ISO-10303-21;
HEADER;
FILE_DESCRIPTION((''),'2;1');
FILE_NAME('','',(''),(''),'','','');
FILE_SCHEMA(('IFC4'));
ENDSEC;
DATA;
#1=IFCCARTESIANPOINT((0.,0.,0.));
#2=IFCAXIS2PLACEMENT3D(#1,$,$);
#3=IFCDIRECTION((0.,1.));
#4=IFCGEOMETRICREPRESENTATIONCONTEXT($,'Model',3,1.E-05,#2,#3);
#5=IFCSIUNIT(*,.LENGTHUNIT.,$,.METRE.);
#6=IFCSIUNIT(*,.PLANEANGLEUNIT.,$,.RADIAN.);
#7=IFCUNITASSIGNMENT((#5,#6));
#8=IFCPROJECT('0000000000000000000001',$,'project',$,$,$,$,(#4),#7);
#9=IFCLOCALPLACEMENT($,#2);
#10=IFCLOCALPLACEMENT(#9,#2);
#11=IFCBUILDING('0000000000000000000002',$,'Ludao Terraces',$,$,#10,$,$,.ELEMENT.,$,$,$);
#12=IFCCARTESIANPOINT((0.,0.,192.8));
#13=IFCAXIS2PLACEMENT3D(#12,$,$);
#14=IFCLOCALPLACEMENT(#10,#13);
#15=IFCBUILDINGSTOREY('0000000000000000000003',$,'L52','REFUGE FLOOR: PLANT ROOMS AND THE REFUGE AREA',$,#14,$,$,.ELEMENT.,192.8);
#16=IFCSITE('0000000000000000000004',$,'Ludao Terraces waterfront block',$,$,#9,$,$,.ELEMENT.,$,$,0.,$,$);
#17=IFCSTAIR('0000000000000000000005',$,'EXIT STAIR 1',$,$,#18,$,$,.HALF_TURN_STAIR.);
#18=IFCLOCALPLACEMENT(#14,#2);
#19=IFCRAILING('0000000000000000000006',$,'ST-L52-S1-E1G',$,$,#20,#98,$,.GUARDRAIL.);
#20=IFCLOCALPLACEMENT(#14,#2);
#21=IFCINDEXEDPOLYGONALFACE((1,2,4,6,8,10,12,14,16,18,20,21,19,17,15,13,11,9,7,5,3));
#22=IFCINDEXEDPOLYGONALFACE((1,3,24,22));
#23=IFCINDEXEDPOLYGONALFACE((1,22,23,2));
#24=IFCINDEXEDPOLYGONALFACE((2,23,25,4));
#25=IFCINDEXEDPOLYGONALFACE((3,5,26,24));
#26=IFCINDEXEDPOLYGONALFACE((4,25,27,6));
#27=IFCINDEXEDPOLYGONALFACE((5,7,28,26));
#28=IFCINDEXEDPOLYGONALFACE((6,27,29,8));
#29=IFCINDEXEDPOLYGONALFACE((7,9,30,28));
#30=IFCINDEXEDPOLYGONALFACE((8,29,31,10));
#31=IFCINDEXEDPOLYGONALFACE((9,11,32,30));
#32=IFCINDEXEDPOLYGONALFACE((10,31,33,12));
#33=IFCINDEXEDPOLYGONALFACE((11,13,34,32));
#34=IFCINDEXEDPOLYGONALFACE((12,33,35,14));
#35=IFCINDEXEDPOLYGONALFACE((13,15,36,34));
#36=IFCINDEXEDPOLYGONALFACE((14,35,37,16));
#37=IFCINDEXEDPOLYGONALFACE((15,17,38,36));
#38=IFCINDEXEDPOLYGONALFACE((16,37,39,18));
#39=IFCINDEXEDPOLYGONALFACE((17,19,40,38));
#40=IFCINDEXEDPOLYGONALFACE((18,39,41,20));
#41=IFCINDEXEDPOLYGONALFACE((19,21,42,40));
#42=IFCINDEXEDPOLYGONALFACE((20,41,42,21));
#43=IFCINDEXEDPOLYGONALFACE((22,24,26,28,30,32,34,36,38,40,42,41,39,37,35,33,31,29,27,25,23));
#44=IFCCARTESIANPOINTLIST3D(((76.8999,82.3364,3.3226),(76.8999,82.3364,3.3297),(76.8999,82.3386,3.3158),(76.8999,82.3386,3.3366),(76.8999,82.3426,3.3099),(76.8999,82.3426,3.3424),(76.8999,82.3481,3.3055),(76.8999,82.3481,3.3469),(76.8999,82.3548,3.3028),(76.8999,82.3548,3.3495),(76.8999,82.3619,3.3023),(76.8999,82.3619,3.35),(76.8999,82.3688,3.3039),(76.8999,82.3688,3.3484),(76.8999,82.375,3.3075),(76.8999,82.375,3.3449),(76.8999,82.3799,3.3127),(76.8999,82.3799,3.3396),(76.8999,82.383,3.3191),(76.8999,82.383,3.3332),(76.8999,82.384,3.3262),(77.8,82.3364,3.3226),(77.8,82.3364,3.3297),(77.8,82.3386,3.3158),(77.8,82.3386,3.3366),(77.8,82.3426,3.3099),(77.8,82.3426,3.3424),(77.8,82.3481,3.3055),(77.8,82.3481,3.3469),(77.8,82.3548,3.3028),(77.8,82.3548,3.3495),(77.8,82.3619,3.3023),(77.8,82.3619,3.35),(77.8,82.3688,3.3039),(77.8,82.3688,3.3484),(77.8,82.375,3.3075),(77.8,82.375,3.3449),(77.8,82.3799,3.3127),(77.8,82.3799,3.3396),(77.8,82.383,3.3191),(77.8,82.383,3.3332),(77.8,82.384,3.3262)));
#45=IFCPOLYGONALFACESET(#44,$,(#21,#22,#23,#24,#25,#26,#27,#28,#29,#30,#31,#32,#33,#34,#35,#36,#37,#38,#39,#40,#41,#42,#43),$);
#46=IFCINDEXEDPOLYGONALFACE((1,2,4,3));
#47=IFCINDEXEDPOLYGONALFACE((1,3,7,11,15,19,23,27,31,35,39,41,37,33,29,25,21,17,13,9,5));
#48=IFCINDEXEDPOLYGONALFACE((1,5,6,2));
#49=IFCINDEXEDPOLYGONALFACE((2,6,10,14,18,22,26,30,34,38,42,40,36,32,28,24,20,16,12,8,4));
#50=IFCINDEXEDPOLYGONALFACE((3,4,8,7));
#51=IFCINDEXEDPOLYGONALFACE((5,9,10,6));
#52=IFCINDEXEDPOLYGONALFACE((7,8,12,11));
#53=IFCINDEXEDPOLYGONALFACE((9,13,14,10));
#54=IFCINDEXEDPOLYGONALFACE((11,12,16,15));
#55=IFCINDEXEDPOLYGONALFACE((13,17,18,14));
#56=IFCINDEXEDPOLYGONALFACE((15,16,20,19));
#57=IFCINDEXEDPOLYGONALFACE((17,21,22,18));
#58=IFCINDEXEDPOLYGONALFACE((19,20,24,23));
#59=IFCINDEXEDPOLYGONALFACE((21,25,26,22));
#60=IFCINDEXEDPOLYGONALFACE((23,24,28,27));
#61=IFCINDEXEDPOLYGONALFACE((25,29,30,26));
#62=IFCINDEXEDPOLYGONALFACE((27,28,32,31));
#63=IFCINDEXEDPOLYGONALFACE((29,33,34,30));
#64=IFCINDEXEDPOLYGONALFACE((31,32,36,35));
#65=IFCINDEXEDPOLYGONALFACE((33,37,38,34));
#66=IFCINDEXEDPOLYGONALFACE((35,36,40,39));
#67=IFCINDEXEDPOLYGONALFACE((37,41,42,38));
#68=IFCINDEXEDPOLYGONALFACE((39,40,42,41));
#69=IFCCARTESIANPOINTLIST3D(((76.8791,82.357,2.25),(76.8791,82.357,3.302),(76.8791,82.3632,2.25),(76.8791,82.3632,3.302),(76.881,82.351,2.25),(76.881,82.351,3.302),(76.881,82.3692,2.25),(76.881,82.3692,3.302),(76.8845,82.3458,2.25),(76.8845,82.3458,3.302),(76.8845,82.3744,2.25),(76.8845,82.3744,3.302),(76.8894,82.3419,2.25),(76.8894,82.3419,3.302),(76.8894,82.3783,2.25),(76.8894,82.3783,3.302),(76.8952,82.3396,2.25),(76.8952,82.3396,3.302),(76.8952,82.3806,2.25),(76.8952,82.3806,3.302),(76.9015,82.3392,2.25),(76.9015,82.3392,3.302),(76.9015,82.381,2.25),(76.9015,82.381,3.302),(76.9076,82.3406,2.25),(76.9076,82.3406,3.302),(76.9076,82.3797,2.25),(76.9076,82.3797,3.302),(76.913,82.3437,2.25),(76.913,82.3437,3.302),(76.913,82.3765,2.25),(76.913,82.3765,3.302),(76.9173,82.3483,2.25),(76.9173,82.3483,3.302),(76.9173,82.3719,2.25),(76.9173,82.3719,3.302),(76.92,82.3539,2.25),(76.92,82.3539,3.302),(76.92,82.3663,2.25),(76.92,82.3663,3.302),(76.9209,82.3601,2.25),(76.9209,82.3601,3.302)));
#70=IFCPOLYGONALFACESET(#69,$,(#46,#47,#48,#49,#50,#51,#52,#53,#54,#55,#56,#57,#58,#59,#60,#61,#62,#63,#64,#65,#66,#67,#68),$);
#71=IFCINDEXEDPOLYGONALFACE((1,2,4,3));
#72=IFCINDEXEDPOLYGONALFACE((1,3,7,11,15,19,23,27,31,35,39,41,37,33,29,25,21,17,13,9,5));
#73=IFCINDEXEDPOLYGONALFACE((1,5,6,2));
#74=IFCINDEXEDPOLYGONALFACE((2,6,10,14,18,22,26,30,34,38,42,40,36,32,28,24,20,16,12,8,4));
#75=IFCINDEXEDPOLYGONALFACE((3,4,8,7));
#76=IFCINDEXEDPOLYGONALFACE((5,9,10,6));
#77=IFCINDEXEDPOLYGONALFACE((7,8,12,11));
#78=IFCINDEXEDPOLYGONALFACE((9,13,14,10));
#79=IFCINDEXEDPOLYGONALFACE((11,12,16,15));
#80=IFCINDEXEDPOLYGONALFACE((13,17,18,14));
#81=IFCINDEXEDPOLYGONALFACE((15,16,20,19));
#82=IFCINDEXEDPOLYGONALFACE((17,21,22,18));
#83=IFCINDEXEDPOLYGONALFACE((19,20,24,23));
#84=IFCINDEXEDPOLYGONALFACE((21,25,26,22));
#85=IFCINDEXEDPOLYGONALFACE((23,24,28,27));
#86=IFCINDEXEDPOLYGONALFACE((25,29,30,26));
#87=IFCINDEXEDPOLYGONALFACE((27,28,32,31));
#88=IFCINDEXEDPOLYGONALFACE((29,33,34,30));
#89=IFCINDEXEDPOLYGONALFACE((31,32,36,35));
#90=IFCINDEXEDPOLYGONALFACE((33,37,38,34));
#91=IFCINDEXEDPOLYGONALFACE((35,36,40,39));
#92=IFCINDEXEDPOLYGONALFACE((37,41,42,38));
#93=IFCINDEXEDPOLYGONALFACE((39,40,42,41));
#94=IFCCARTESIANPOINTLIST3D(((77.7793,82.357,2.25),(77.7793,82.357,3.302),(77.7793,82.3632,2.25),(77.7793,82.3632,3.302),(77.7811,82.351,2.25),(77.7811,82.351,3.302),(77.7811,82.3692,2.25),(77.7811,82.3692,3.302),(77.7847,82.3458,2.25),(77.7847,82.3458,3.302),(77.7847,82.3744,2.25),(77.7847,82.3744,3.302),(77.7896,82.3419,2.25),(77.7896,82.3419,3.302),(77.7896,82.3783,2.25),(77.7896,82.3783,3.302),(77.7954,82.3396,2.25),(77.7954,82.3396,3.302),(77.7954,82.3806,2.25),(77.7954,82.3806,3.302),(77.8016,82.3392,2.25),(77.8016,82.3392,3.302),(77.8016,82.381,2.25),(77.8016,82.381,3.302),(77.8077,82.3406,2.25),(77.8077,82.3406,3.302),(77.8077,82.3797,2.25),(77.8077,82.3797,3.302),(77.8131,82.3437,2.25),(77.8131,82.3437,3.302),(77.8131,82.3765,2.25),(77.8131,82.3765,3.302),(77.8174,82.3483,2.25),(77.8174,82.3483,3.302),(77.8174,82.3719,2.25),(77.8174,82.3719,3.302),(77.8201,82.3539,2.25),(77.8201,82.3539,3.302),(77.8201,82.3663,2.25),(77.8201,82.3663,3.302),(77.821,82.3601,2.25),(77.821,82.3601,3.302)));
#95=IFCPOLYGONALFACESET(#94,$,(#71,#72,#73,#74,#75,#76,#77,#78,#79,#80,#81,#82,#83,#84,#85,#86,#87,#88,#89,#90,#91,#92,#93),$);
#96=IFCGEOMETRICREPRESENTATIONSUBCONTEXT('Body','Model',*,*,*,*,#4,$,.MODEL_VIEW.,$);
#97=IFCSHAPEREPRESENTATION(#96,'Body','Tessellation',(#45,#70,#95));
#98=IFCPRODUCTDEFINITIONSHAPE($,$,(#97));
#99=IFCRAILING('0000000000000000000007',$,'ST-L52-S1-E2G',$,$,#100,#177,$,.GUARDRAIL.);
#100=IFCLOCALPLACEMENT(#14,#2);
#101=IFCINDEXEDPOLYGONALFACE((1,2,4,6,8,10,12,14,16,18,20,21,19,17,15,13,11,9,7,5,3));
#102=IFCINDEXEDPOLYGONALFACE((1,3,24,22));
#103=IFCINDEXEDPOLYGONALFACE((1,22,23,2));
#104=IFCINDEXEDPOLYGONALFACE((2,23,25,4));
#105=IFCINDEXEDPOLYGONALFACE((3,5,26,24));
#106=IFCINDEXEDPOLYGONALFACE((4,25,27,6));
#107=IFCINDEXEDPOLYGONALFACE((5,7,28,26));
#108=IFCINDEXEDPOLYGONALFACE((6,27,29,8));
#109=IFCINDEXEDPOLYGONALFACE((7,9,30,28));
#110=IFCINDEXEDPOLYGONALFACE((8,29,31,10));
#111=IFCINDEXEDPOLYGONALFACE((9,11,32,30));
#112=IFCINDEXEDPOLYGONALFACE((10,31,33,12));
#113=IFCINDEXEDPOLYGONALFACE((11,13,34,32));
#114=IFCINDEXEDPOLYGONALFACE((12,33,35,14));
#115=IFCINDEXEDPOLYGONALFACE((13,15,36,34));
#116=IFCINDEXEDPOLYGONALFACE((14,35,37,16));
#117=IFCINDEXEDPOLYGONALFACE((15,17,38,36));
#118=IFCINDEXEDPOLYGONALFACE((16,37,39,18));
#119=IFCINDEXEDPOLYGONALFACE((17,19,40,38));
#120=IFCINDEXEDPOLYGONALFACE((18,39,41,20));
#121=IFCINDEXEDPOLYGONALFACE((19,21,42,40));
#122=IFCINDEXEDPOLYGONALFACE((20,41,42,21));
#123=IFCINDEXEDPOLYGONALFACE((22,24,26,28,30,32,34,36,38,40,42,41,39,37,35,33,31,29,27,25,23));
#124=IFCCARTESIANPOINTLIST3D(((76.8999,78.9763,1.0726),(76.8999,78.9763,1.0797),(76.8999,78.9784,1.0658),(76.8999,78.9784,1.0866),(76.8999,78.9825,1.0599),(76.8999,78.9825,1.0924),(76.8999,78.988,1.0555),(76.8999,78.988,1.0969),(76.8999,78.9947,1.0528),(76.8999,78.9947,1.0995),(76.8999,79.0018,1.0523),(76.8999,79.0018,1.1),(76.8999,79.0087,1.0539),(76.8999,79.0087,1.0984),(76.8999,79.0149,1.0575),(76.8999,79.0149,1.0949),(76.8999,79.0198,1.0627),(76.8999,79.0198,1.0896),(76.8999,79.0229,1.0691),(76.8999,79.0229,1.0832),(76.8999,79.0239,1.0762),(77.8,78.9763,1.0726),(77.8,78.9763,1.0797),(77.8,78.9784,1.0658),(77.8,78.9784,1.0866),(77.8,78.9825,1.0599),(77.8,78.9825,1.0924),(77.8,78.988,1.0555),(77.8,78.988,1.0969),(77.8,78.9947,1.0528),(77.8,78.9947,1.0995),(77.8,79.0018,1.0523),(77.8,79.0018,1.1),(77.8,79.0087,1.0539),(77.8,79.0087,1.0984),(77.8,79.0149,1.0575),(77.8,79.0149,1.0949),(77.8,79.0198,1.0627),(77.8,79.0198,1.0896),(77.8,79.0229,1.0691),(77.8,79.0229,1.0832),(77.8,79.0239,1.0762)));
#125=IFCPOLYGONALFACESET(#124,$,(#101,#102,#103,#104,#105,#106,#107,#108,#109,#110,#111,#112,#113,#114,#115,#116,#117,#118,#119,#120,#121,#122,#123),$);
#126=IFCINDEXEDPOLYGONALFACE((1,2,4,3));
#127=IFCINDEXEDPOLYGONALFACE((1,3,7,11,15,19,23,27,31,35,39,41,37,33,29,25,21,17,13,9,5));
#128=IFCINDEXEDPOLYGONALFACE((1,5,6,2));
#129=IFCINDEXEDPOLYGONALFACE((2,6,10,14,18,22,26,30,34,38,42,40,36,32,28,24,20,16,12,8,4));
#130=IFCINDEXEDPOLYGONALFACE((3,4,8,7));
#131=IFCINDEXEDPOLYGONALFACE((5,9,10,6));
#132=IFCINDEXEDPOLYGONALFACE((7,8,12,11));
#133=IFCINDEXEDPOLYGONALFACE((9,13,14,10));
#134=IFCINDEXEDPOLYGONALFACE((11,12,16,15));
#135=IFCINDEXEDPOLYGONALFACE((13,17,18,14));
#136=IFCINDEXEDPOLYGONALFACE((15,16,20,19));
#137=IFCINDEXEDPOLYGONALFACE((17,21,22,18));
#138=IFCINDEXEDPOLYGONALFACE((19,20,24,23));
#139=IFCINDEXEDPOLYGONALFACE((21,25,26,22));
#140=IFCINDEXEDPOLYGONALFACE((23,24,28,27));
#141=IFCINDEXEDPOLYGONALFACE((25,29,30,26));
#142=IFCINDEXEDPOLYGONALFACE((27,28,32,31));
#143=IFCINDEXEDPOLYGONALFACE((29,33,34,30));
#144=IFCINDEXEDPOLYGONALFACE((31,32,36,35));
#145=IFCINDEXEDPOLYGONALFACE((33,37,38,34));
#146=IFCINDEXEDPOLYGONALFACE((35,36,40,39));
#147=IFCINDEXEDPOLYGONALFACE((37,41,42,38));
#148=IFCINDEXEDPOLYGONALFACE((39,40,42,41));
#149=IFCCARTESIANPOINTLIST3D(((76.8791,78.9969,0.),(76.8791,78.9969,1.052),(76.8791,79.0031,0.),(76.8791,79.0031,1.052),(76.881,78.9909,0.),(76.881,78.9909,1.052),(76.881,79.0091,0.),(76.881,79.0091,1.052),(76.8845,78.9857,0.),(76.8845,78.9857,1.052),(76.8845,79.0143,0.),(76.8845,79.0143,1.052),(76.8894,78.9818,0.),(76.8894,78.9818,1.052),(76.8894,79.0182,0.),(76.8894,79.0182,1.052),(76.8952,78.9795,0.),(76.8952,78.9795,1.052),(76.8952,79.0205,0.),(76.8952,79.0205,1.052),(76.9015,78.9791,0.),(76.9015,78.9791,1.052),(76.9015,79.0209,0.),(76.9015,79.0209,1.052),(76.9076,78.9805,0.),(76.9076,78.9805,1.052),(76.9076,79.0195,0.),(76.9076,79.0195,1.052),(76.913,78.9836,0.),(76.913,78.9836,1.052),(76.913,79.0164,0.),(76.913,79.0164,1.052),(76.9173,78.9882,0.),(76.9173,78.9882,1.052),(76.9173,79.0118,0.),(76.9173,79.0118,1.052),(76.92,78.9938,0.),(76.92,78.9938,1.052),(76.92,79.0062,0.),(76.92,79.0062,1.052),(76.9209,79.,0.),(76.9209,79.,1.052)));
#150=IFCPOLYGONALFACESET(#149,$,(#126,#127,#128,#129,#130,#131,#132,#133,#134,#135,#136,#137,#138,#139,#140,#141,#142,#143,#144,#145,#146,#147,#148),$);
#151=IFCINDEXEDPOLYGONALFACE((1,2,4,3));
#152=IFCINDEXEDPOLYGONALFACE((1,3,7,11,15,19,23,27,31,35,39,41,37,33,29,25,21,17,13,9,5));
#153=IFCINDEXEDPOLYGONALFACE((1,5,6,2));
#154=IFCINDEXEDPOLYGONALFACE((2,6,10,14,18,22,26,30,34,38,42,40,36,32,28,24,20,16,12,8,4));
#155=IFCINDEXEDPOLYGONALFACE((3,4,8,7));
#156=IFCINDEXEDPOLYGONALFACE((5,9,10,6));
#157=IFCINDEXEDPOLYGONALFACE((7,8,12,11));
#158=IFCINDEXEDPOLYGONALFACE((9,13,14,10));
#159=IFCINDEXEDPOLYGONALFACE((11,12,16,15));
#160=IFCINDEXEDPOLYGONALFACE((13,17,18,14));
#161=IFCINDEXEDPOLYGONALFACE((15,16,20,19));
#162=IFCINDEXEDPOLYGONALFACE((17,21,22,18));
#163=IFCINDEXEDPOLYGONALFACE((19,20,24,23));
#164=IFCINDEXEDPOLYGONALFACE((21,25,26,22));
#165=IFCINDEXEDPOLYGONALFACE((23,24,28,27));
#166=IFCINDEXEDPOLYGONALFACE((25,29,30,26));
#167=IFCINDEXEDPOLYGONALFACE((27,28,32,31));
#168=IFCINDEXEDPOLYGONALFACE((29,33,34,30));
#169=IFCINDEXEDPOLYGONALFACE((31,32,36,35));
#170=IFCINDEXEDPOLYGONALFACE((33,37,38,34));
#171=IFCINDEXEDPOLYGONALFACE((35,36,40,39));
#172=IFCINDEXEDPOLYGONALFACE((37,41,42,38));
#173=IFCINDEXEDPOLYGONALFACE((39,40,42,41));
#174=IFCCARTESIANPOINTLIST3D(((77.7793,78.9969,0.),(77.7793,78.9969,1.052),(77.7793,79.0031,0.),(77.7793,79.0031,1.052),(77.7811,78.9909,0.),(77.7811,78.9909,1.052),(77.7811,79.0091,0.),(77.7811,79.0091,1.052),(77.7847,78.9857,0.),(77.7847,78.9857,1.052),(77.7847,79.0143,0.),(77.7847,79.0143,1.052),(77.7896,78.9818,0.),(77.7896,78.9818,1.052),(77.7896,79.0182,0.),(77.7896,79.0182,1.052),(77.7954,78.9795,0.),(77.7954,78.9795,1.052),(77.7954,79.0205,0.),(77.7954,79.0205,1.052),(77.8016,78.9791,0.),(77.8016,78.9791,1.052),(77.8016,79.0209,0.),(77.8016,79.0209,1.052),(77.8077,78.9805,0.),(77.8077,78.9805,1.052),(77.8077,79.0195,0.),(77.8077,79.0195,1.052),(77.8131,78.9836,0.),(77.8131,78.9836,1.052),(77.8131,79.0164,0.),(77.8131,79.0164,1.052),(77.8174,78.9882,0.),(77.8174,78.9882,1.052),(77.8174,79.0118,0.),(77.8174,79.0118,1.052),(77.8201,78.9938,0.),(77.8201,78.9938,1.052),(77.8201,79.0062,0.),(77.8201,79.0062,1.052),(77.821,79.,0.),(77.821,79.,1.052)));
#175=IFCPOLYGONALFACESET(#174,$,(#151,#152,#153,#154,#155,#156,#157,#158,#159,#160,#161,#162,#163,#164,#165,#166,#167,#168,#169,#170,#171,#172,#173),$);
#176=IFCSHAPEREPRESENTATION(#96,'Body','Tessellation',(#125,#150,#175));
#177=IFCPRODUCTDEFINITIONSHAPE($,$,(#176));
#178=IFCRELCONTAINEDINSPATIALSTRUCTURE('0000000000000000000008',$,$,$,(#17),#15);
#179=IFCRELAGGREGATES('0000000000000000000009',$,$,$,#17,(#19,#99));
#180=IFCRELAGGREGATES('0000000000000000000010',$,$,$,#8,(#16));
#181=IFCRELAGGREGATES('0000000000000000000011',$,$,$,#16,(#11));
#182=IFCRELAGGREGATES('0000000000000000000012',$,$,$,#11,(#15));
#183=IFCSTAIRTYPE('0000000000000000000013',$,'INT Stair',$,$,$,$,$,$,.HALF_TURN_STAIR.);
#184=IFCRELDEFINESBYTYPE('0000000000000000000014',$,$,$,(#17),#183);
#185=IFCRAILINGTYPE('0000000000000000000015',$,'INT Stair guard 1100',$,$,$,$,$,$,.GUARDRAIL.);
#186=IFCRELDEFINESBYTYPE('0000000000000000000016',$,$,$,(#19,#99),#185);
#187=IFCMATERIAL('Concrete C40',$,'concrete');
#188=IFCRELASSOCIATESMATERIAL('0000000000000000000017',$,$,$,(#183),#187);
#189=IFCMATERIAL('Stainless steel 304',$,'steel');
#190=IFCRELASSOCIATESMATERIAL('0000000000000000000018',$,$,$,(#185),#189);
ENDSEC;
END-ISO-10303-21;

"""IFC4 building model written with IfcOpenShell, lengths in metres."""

from ifc_helpers import new_model, si_unit, direction, frame, origin, origin_2d, place, context, subcontext, project, spatial, circle, extrude, material, type_object, element, aggregate, save


model = new_model("IFC4")

# Units and contexts
model_context = context("Model", 3, precision=1e-05, world=origin(), true_north=direction((0.0, 1.0)))
body_context = subcontext(model_context, "Body", "Model", "MODEL_VIEW")
ifc_project = project(units=[si_unit("LENGTHUNIT", "METRE"), si_unit("PLANEANGLEUNIT", "RADIAN")], contexts=[model_context])

# Site, building, storey
site_placement = place(None, origin())
site = spatial("IfcSite", under=ifc_project, at=site_placement, Name="Ludao Terraces waterfront block", CompositionType="ELEMENT", RefElevation=0.0)
building_placement = place(site_placement, origin())
building = spatial("IfcBuilding", under=site, at=building_placement, Name="Ludao Terraces", CompositionType="ELEMENT")
storey_placement = place(building_placement, frame((0.0, 0.0, 192.8)))
storey = spatial("IfcBuildingStorey", under=building, at=storey_placement, Name="L52", Description="REFUGE FLOOR: PLANT ROOMS AND THE REFUGE AREA", CompositionType="ELEMENT", Elevation=192.8)

# Shared definitions
ifc_material_1 = material(Name="Stainless steel 304", Category="steel")

# Stair, railings
ifc_material_2 = material(Name="Concrete C40", Category="concrete")
stair_type = type_object("IfcStairType", Name="INT Stair", PredefinedType="HALF_TURN_STAIR", material=ifc_material_2)
stair_placement = place(storey_placement, origin())
stair = element("IfcStair", 1, at=stair_placement, inside=storey, type_object=stair_type, Name="EXIT STAIR 1", PredefinedType="HALF_TURN_STAIR")
railing_type_1 = type_object("IfcRailingType", Name="INT Stair guard 1100", PredefinedType="GUARDRAIL", material=ifc_material_1)
railing_1_placement = place(storey_placement, frame((76.8999, 82.3601, 2.25)))
railing_1 = element("IfcRailing", 2, at=railing_1_placement, type_object=railing_type_1, Name="ST-L52-S1-E1G", PredefinedType="GUARDRAIL", context=body_context, shape_type="SweptSolid", body=[
    extrude(circle(Radius=0.0239, at=origin_2d()), frame((0.0, 0.0, 1.0762), z_axis=(1.0, 0.0, 0.0), x_axis=(0.0, 1.0, 0.0)), (0.0, 0.0, 1.0), 0.9001),
    extrude(circle(Radius=0.021, at=origin_2d()), origin(), (0.0, 0.0, 1.0), 1.052),
    extrude(circle(Radius=0.021, at=origin_2d()), frame((0.9001, 0.0, 0.0)), (0.0, 0.0, 1.0), 1.052),
])
railing_2_placement = place(storey_placement, frame((76.8999, 79.0, 0.0)))
railing_2 = element("IfcRailing", 3, at=railing_2_placement, type_object=railing_type_1, Name="ST-L52-S1-E2G", PredefinedType="GUARDRAIL", context=body_context, shape_type="SweptSolid", body=[
    extrude(circle(Radius=0.0239, at=origin_2d()), frame((0.0, 0.0, 1.0762), z_axis=(1.0, 0.0, 0.0), x_axis=(0.0, 1.0, 0.0)), (0.0, 0.0, 1.0), 0.9001),
    extrude(circle(Radius=0.021, at=origin_2d()), origin(), (0.0, 0.0, 1.0), 1.052),
    extrude(circle(Radius=0.021, at=origin_2d()), frame((0.9001, 0.0, 0.0)), (0.0, 0.0, 1.0), 1.052),
])
aggregate(stair, [railing_1, railing_2])

save(model, "model.ifc")
